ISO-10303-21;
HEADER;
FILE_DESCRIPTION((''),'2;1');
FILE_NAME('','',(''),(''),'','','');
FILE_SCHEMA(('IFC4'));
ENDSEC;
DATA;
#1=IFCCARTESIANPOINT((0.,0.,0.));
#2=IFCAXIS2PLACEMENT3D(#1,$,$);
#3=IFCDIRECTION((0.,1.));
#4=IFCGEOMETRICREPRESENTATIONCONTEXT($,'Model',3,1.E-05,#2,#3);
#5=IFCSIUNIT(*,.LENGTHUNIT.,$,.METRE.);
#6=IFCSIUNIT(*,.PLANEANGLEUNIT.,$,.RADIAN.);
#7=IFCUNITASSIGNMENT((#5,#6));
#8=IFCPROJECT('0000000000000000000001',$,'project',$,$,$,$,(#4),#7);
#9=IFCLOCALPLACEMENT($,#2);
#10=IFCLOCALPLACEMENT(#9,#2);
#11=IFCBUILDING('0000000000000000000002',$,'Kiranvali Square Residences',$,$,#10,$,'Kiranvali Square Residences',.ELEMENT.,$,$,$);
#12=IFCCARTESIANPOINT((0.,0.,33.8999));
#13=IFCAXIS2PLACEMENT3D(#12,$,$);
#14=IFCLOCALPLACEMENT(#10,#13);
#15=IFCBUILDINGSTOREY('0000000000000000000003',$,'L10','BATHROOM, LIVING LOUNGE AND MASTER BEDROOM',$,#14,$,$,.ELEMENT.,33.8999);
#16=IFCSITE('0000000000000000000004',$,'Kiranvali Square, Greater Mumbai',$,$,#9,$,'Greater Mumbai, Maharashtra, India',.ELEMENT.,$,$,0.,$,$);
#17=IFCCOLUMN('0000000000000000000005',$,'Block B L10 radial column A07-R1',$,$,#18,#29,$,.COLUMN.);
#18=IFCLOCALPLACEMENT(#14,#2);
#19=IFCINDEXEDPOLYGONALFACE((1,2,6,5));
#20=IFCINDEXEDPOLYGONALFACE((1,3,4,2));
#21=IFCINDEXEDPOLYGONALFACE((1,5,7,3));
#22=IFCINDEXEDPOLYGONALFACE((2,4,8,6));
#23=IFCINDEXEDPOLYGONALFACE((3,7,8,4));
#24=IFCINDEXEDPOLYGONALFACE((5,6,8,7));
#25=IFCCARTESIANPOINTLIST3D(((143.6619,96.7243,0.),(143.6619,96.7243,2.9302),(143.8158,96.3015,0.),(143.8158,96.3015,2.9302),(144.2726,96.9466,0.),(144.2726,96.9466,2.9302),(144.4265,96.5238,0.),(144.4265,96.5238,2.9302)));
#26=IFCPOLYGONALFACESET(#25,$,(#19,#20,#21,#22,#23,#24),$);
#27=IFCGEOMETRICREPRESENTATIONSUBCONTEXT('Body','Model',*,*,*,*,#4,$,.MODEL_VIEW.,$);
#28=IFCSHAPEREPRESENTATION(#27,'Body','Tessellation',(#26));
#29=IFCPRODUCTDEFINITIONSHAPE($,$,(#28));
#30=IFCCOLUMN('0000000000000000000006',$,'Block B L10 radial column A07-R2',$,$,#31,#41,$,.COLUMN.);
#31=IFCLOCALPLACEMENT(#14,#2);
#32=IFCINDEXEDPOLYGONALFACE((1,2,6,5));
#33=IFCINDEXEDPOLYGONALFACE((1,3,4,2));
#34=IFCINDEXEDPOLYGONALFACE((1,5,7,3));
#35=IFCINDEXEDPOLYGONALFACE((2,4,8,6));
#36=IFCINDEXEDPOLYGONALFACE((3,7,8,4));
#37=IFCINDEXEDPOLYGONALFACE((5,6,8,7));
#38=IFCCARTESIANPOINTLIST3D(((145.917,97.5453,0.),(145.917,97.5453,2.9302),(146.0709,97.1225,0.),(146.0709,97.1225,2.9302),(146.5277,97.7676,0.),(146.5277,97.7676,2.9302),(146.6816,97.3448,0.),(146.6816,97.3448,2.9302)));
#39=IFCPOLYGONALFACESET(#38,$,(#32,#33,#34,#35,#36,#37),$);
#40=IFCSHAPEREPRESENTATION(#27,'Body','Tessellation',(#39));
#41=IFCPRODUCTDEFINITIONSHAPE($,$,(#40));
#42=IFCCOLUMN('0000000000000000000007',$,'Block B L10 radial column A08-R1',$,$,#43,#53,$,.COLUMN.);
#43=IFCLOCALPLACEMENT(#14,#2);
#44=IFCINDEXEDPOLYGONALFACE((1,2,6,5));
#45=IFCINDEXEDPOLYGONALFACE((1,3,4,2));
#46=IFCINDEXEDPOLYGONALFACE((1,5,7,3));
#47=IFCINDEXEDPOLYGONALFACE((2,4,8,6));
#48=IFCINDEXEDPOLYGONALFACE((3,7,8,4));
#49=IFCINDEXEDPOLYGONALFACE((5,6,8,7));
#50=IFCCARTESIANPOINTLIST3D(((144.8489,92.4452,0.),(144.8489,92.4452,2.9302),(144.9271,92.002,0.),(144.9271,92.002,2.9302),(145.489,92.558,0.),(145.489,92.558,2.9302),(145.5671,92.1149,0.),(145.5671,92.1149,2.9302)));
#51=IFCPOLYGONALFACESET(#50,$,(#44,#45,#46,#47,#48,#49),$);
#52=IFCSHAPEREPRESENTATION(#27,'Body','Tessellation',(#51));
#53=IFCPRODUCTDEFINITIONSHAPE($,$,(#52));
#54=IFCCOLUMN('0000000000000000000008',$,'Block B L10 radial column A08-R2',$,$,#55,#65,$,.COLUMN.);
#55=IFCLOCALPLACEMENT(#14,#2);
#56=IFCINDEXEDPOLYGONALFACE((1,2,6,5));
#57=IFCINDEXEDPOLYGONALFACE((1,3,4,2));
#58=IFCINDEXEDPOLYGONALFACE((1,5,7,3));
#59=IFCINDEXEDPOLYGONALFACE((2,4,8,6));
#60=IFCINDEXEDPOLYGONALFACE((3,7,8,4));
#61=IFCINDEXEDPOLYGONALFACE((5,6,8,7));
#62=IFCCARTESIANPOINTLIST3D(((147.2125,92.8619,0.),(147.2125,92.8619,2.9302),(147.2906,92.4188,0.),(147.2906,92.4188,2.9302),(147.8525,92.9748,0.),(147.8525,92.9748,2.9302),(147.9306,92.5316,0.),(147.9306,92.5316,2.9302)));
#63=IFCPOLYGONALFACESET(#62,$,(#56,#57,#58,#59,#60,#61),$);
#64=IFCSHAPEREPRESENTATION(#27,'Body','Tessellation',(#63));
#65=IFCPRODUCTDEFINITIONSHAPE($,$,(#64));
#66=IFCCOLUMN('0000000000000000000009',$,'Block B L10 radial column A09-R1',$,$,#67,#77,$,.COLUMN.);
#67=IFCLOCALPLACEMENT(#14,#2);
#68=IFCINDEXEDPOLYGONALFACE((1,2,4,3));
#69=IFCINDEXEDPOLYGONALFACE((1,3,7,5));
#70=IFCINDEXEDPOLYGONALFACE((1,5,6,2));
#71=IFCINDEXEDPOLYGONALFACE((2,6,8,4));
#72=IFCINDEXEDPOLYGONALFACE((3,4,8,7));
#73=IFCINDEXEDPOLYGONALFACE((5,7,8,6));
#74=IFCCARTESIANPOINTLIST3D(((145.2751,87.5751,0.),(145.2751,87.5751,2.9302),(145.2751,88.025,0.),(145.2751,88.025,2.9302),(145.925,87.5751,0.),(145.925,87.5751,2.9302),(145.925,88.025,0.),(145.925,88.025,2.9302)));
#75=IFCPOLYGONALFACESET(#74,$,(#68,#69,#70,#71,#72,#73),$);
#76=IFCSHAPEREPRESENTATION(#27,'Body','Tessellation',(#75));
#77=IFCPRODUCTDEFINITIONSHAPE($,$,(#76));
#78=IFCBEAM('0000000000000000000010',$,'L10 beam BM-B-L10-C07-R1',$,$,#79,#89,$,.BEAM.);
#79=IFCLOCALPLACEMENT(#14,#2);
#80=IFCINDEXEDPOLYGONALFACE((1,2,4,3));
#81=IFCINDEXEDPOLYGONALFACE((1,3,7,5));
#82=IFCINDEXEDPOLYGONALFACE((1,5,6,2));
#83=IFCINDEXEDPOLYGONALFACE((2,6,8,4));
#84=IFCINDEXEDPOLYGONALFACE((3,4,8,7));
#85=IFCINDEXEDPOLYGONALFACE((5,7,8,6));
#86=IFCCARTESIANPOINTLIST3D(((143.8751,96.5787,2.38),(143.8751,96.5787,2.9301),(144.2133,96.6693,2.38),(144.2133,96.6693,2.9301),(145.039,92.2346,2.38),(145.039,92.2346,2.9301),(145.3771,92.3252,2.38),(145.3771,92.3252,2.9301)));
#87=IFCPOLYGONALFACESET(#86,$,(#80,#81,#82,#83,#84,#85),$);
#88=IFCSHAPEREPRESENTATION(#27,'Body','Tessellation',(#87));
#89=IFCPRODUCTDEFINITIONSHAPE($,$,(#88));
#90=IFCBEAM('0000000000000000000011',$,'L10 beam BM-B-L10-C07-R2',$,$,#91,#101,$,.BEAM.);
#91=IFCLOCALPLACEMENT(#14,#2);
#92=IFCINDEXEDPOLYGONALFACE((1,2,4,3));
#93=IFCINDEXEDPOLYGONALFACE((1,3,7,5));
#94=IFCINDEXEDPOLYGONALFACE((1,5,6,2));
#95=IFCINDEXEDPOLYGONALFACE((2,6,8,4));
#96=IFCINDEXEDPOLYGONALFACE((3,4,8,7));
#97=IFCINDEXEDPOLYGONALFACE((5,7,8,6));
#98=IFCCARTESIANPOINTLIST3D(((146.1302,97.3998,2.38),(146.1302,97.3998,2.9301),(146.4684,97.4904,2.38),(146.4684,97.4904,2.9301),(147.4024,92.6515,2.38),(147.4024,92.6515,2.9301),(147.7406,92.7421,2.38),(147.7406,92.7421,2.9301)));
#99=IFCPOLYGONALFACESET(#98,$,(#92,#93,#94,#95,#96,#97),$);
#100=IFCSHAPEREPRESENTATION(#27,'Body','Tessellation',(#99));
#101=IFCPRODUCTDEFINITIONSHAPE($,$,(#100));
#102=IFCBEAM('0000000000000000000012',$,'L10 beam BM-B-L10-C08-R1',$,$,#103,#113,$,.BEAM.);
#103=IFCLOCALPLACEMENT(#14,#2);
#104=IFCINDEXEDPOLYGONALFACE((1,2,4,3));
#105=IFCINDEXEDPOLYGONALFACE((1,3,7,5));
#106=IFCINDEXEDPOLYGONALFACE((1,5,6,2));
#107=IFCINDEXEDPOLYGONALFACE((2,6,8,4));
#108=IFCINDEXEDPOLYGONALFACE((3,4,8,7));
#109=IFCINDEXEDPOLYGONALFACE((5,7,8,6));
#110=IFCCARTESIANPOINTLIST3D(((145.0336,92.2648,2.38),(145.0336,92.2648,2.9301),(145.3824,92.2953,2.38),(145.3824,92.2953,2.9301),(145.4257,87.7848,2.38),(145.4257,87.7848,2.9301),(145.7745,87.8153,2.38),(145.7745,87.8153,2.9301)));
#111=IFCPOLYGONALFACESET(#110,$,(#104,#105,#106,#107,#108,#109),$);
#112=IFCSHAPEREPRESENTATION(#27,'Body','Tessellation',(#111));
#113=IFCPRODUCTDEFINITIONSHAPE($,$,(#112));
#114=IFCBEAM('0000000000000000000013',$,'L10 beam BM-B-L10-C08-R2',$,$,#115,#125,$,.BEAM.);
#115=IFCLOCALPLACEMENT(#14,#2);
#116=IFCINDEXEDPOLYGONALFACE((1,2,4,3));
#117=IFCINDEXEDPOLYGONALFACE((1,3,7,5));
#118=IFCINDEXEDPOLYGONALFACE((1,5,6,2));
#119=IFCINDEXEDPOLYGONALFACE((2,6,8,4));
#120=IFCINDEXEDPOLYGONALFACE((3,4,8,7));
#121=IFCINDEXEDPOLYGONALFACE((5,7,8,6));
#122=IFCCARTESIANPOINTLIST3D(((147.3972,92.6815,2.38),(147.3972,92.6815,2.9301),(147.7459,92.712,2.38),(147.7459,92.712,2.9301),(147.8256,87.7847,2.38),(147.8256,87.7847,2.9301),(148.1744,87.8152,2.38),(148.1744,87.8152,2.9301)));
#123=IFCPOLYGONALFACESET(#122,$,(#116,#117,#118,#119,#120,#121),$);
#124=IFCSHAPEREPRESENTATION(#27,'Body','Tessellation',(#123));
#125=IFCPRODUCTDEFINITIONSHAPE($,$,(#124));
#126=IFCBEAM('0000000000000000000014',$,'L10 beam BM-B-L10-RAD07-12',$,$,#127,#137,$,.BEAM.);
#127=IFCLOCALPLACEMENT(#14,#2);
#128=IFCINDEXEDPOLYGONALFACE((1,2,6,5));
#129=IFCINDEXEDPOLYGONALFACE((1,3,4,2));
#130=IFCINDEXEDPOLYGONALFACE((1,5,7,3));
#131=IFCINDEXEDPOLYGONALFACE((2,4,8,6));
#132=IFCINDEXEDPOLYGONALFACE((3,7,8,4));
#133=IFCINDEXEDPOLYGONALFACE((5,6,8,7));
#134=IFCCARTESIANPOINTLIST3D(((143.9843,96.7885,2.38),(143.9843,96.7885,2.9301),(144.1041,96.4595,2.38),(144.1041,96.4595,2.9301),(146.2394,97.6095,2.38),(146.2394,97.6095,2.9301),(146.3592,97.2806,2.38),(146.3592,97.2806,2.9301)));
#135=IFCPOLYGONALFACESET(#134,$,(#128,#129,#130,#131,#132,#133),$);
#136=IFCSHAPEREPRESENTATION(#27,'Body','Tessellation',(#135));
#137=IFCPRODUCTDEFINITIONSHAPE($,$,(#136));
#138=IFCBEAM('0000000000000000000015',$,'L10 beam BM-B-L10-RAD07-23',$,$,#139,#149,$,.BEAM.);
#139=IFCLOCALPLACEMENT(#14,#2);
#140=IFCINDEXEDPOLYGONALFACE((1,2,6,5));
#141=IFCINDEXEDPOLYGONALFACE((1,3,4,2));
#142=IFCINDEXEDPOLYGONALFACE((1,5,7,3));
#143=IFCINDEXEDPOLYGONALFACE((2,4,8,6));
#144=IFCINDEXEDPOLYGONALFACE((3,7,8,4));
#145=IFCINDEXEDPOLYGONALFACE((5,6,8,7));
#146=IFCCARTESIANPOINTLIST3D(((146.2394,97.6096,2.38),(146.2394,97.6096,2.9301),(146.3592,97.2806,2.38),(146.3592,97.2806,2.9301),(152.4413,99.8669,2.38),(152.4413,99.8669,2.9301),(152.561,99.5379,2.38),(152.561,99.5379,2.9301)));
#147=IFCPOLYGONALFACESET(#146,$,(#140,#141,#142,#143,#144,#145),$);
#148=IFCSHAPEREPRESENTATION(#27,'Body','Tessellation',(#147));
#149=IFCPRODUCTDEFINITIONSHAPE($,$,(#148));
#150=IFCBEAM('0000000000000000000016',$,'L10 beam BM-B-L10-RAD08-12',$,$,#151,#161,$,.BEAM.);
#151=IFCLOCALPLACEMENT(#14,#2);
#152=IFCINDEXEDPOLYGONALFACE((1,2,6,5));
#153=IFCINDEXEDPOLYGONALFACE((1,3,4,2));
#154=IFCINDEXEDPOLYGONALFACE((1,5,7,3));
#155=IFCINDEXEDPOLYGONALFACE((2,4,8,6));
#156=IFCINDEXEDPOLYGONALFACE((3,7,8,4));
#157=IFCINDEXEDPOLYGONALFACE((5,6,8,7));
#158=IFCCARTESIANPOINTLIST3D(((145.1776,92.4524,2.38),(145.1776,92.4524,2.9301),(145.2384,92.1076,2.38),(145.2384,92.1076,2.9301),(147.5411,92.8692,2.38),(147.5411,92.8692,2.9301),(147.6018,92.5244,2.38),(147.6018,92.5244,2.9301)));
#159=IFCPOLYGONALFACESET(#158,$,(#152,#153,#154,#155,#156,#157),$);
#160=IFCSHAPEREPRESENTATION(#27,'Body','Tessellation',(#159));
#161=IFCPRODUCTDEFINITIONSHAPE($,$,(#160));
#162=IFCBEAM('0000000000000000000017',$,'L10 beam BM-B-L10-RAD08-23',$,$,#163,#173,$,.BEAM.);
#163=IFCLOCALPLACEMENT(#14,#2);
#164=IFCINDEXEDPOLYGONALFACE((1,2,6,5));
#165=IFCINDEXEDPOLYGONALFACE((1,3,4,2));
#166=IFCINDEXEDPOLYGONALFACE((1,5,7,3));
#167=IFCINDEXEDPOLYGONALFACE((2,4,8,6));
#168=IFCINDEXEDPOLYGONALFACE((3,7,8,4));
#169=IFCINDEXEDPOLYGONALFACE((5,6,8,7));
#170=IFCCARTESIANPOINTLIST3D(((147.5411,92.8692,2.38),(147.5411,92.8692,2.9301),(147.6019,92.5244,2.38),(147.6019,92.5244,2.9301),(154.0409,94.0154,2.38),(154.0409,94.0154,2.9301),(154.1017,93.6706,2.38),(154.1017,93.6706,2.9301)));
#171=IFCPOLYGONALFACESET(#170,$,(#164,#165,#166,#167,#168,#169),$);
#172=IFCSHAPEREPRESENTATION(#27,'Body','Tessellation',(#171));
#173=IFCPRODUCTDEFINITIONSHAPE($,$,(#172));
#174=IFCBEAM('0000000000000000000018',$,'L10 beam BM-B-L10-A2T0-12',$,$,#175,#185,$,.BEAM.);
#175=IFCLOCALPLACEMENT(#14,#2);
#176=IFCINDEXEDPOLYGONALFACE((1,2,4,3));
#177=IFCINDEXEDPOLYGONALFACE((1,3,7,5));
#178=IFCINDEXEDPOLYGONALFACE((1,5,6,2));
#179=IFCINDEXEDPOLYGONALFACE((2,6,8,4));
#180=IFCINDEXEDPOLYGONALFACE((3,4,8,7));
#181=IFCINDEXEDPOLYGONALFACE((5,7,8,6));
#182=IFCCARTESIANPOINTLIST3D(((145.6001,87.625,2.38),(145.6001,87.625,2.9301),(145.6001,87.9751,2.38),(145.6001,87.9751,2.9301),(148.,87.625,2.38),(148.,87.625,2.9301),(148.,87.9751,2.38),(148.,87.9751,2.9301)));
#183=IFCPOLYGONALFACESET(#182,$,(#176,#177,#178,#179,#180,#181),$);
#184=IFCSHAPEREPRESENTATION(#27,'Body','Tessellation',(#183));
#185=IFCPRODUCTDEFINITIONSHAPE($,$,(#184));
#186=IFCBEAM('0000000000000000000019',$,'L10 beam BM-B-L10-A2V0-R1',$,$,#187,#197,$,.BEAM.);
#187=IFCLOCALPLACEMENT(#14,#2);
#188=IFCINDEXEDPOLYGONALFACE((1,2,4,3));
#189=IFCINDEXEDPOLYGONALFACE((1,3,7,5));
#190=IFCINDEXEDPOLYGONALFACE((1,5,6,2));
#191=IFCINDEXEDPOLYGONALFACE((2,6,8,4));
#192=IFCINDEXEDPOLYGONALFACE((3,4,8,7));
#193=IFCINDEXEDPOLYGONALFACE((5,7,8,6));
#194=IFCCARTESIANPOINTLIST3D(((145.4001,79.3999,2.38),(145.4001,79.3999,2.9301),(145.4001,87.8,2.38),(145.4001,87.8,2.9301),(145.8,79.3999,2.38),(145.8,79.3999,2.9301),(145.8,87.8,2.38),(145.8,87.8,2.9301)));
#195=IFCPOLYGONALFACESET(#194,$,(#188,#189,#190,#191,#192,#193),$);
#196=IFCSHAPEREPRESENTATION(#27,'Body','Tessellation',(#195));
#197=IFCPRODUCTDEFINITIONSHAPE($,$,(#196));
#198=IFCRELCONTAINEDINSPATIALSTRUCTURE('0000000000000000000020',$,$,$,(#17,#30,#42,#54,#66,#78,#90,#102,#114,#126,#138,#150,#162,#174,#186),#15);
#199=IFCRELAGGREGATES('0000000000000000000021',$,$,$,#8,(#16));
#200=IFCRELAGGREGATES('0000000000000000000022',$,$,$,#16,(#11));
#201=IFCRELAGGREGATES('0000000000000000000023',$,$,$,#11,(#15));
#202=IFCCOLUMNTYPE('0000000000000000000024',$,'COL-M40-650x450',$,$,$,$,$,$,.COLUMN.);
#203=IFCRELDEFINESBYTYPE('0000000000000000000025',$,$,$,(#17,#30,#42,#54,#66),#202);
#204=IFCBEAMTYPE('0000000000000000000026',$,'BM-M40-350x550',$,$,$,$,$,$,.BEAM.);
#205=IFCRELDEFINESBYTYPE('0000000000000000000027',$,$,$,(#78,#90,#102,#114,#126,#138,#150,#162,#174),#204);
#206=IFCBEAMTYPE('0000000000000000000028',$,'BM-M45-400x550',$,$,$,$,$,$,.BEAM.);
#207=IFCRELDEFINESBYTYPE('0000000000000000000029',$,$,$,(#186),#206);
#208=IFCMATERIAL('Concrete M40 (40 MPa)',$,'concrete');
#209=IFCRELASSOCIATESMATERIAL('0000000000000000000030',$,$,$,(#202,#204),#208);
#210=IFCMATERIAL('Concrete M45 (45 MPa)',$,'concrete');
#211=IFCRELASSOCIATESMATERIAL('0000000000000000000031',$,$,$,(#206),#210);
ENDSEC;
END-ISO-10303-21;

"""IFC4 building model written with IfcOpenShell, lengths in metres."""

from ifc_helpers import new_model, si_unit, direction, frame, origin, origin_2d, place, context, subcontext, project, spatial, rectangle, extrude, material, material_profile, profile_set, type_object, element, save


model = new_model("IFC4")

# Units and contexts
model_context = context("Model", 3, precision=1e-05, world=origin(), true_north=direction((0.0, 1.0)))
body_context = subcontext(model_context, "Body", "Model", "MODEL_VIEW")
ifc_project = project(units=[si_unit("LENGTHUNIT", "METRE"), si_unit("PLANEANGLEUNIT", "RADIAN")], contexts=[model_context])

# Site, building, storey
site_placement = place(None, origin())
site = spatial("IfcSite", under=ifc_project, at=site_placement, Name="Kiranvali Square, Greater Mumbai", LongName="Greater Mumbai, Maharashtra, India", CompositionType="ELEMENT", RefElevation=0.0)
building_placement = place(site_placement, origin())
building = spatial("IfcBuilding", under=site, at=building_placement, Name="Kiranvali Square Residences", LongName="Kiranvali Square Residences", CompositionType="ELEMENT")
storey_placement = place(building_placement, frame((0.0, 0.0, 33.8999)))
storey = spatial("IfcBuildingStorey", under=building, at=storey_placement, Name="L10", Description="BATHROOM, LIVING LOUNGE AND MASTER BEDROOM", CompositionType="ELEMENT", Elevation=33.8999)

# Columns
ifc_material_1 = material(Name="Concrete M40 (40 MPa)", Category="concrete")
ifc_material_profile_1 = material_profile(ifc_material_1, rectangle(XDim=0.45, YDim=0.6499, at=origin_2d()), Name="RC 650x450")
ifc_profile_set_1 = profile_set([ifc_material_profile_1], Name="Concrete M40 (40 MPa)")
column_type = type_object("IfcColumnType", Name="COL-M40-650x450", PredefinedType="COLUMN", material=ifc_profile_set_1)
for number, where, z_axis, x_axis, name in (
    (1, (144.0442, 96.624, 0.0), (0.0, 0.0, 1.0), (-0.34202, 0.939693, 0.0), "Block B L10 radial column A07-R1"),
    (2, (146.2993, 97.4451, 0.0), (0.0, 0.0, 1.0), (-0.34202, 0.939693, 0.0), "Block B L10 radial column A07-R2"),
    (3, (145.208, 92.28, 0.0), (0.0, 0.0, 1.0), (-0.173648, 0.984808, 0.0), "Block B L10 radial column A08-R1"),
    (4, (147.5715, 92.6968, 0.0), (0.0, 0.0, 1.0), (-0.173648, 0.984808, 0.0), "Block B L10 radial column A08-R2"),
    (5, (145.6001, 87.8, 0.0), (0.0, 0.0, 1.0), (0.0, 1.0, 0.0), "Block B L10 radial column A09-R1"),
):
    element("IfcColumn", number, at=place(storey_placement, frame(where, z_axis=z_axis, x_axis=x_axis)), inside=storey, type_object=column_type, Name=name, PredefinedType="COLUMN", context=body_context, shape_type="SweptSolid", body=[
        extrude(rectangle(XDim=0.45, YDim=0.6499, at=origin_2d()), origin(), (0.0, 0.0, 1.0), 2.9302),
    ])

# Beams
ifc_material_profile_2 = material_profile(ifc_material_1, rectangle(XDim=0.3501, YDim=0.55, at=origin_2d()), Name="RC 350x550")
ifc_profile_set_2 = profile_set([ifc_material_profile_2], Name="Concrete M40 (40 MPa)")
beam_type_1 = type_object("IfcBeamType", Name="BM-M40-350x550", PredefinedType="BEAM", material=ifc_profile_set_2)
beam_1_placement = place(storey_placement, frame((144.0442, 96.624, 2.655), z_axis=(0.258788, -0.965934, 0.0), x_axis=(0.965934, 0.258788, 0.0)))
element("IfcBeam", 6, at=beam_1_placement, inside=storey, type_object=beam_type_1, Name="L10 beam BM-B-L10-C07-R1", PredefinedType="BEAM", context=body_context, shape_type="SweptSolid", body=[
    extrude(rectangle(XDim=0.3501, YDim=0.55, at=origin_2d()), origin(), (0.0, 0.0, 1.0), 4.4973),
])
beam_2_placement = place(storey_placement, frame((146.2993, 97.4451, 2.655), z_axis=(0.258803, -0.96593, 0.0), x_axis=(0.96593, 0.258803, 0.0)))
element("IfcBeam", 7, at=beam_2_placement, inside=storey, type_object=beam_type_1, Name="L10 beam BM-B-L10-C07-R2", PredefinedType="BEAM", context=body_context, shape_type="SweptSolid", body=[
    extrude(rectangle(XDim=0.3501, YDim=0.55, at=origin_2d()), origin(), (0.0, 0.0, 1.0), 4.9158),
])
beam_3_placement = place(storey_placement, frame((145.208, 92.28, 2.655), z_axis=(0.087187, -0.996192, 0.0), x_axis=(0.996192, 0.087187, 0.0)))
element("IfcBeam", 8, at=beam_3_placement, inside=storey, type_object=beam_type_1, Name="L10 beam BM-B-L10-C08-R1", PredefinedType="BEAM", context=body_context, shape_type="SweptSolid", body=[
    extrude(rectangle(XDim=0.3501, YDim=0.55, at=origin_2d()), origin(), (0.0, 0.0, 1.0), 4.4971),
])
beam_4_placement = place(storey_placement, frame((147.5715, 92.6968, 2.655), z_axis=(0.087168, -0.996194, 0.0), x_axis=(0.996194, 0.087168, 0.0)))
element("IfcBeam", 9, at=beam_4_placement, inside=storey, type_object=beam_type_1, Name="L10 beam BM-B-L10-C08-R2", PredefinedType="BEAM", context=body_context, shape_type="SweptSolid", body=[
    extrude(rectangle(XDim=0.3501, YDim=0.55, at=origin_2d()), origin(), (0.0, 0.0, 1.0), 4.9155),
])
beam_5_placement = place(storey_placement, frame((144.0442, 96.624, 2.655), z_axis=(0.93966, 0.342111, 0.0), x_axis=(-0.342111, 0.93966, 0.0)))
element("IfcBeam", 10, at=beam_5_placement, inside=storey, type_object=beam_type_1, Name="L10 beam BM-B-L10-RAD07-12", PredefinedType="BEAM", context=body_context, shape_type="SweptSolid", body=[
    extrude(rectangle(XDim=0.3501, YDim=0.55, at=origin_2d()), origin(), (0.0, 0.0, 1.0), 2.3999),
])
beam_6_placement = place(storey_placement, frame((146.2993, 97.4451, 2.655), z_axis=(0.939692, 0.342022, 0.0), x_axis=(-0.342022, 0.939692, 0.0)))
element("IfcBeam", 11, at=beam_6_placement, inside=storey, type_object=beam_type_1, Name="L10 beam BM-B-L10-RAD07-23", PredefinedType="BEAM", context=body_context, shape_type="SweptSolid", body=[
    extrude(rectangle(XDim=0.3501, YDim=0.55, at=origin_2d()), origin(), (0.0, 0.0, 1.0), 6.5999),
])
beam_7_placement = place(storey_placement, frame((145.208, 92.28, 2.655), z_axis=(0.984808, 0.173646, 0.0), x_axis=(-0.173646, 0.984808, 0.0)))
element("IfcBeam", 12, at=beam_7_placement, inside=storey, type_object=beam_type_1, Name="L10 beam BM-B-L10-RAD08-12", PredefinedType="BEAM", context=body_context, shape_type="SweptSolid", body=[
    extrude(rectangle(XDim=0.3501, YDim=0.55, at=origin_2d()), origin(), (0.0, 0.0, 1.0), 2.3999),
])
beam_8_placement = place(storey_placement, frame((147.5715, 92.6968, 2.655), z_axis=(0.984804, 0.173671, 0.0), x_axis=(-0.173671, 0.984804, 0.0)))
element("IfcBeam", 13, at=beam_8_placement, inside=storey, type_object=beam_type_1, Name="L10 beam BM-B-L10-RAD08-23", PredefinedType="BEAM", context=body_context, shape_type="SweptSolid", body=[
    extrude(rectangle(XDim=0.3501, YDim=0.55, at=origin_2d()), origin(), (0.0, 0.0, 1.0), 6.6001),
])
beam_9_placement = place(storey_placement, frame((145.6001, 87.8, 2.655), z_axis=(1.0, 0.0, 0.0), x_axis=(0.0, 1.0, 0.0)))
element("IfcBeam", 14, at=beam_9_placement, inside=storey, type_object=beam_type_1, Name="L10 beam BM-B-L10-A2T0-12", PredefinedType="BEAM", context=body_context, shape_type="SweptSolid", body=[
    extrude(rectangle(XDim=0.3501, YDim=0.55, at=origin_2d()), origin(), (0.0, 0.0, 1.0), 2.3999),
])
ifc_material_2 = material(Name="Concrete M45 (45 MPa)", Category="concrete")
ifc_material_profile_3 = material_profile(ifc_material_2, rectangle(XDim=0.3999, YDim=0.55, at=origin_2d()), Name="RC 400x550")
ifc_profile_set_3 = profile_set([ifc_material_profile_3], Name="Concrete M45 (45 MPa)")
beam_type_2 = type_object("IfcBeamType", Name="BM-M45-400x550", PredefinedType="BEAM", material=ifc_profile_set_3)
beam_10_placement = place(storey_placement, frame((145.6001, 87.8, 2.655), z_axis=(0.0, -1.0, 0.0), x_axis=(1.0, 0.0, 0.0)))
element("IfcBeam", 15, at=beam_10_placement, inside=storey, type_object=beam_type_2, Name="L10 beam BM-B-L10-A2V0-R1", PredefinedType="BEAM", context=body_context, shape_type="SweptSolid", body=[
    extrude(rectangle(XDim=0.3999, YDim=0.55, at=origin_2d()), origin(), (0.0, 0.0, 1.0), 8.4001),
])

save(model, "model.ifc")
